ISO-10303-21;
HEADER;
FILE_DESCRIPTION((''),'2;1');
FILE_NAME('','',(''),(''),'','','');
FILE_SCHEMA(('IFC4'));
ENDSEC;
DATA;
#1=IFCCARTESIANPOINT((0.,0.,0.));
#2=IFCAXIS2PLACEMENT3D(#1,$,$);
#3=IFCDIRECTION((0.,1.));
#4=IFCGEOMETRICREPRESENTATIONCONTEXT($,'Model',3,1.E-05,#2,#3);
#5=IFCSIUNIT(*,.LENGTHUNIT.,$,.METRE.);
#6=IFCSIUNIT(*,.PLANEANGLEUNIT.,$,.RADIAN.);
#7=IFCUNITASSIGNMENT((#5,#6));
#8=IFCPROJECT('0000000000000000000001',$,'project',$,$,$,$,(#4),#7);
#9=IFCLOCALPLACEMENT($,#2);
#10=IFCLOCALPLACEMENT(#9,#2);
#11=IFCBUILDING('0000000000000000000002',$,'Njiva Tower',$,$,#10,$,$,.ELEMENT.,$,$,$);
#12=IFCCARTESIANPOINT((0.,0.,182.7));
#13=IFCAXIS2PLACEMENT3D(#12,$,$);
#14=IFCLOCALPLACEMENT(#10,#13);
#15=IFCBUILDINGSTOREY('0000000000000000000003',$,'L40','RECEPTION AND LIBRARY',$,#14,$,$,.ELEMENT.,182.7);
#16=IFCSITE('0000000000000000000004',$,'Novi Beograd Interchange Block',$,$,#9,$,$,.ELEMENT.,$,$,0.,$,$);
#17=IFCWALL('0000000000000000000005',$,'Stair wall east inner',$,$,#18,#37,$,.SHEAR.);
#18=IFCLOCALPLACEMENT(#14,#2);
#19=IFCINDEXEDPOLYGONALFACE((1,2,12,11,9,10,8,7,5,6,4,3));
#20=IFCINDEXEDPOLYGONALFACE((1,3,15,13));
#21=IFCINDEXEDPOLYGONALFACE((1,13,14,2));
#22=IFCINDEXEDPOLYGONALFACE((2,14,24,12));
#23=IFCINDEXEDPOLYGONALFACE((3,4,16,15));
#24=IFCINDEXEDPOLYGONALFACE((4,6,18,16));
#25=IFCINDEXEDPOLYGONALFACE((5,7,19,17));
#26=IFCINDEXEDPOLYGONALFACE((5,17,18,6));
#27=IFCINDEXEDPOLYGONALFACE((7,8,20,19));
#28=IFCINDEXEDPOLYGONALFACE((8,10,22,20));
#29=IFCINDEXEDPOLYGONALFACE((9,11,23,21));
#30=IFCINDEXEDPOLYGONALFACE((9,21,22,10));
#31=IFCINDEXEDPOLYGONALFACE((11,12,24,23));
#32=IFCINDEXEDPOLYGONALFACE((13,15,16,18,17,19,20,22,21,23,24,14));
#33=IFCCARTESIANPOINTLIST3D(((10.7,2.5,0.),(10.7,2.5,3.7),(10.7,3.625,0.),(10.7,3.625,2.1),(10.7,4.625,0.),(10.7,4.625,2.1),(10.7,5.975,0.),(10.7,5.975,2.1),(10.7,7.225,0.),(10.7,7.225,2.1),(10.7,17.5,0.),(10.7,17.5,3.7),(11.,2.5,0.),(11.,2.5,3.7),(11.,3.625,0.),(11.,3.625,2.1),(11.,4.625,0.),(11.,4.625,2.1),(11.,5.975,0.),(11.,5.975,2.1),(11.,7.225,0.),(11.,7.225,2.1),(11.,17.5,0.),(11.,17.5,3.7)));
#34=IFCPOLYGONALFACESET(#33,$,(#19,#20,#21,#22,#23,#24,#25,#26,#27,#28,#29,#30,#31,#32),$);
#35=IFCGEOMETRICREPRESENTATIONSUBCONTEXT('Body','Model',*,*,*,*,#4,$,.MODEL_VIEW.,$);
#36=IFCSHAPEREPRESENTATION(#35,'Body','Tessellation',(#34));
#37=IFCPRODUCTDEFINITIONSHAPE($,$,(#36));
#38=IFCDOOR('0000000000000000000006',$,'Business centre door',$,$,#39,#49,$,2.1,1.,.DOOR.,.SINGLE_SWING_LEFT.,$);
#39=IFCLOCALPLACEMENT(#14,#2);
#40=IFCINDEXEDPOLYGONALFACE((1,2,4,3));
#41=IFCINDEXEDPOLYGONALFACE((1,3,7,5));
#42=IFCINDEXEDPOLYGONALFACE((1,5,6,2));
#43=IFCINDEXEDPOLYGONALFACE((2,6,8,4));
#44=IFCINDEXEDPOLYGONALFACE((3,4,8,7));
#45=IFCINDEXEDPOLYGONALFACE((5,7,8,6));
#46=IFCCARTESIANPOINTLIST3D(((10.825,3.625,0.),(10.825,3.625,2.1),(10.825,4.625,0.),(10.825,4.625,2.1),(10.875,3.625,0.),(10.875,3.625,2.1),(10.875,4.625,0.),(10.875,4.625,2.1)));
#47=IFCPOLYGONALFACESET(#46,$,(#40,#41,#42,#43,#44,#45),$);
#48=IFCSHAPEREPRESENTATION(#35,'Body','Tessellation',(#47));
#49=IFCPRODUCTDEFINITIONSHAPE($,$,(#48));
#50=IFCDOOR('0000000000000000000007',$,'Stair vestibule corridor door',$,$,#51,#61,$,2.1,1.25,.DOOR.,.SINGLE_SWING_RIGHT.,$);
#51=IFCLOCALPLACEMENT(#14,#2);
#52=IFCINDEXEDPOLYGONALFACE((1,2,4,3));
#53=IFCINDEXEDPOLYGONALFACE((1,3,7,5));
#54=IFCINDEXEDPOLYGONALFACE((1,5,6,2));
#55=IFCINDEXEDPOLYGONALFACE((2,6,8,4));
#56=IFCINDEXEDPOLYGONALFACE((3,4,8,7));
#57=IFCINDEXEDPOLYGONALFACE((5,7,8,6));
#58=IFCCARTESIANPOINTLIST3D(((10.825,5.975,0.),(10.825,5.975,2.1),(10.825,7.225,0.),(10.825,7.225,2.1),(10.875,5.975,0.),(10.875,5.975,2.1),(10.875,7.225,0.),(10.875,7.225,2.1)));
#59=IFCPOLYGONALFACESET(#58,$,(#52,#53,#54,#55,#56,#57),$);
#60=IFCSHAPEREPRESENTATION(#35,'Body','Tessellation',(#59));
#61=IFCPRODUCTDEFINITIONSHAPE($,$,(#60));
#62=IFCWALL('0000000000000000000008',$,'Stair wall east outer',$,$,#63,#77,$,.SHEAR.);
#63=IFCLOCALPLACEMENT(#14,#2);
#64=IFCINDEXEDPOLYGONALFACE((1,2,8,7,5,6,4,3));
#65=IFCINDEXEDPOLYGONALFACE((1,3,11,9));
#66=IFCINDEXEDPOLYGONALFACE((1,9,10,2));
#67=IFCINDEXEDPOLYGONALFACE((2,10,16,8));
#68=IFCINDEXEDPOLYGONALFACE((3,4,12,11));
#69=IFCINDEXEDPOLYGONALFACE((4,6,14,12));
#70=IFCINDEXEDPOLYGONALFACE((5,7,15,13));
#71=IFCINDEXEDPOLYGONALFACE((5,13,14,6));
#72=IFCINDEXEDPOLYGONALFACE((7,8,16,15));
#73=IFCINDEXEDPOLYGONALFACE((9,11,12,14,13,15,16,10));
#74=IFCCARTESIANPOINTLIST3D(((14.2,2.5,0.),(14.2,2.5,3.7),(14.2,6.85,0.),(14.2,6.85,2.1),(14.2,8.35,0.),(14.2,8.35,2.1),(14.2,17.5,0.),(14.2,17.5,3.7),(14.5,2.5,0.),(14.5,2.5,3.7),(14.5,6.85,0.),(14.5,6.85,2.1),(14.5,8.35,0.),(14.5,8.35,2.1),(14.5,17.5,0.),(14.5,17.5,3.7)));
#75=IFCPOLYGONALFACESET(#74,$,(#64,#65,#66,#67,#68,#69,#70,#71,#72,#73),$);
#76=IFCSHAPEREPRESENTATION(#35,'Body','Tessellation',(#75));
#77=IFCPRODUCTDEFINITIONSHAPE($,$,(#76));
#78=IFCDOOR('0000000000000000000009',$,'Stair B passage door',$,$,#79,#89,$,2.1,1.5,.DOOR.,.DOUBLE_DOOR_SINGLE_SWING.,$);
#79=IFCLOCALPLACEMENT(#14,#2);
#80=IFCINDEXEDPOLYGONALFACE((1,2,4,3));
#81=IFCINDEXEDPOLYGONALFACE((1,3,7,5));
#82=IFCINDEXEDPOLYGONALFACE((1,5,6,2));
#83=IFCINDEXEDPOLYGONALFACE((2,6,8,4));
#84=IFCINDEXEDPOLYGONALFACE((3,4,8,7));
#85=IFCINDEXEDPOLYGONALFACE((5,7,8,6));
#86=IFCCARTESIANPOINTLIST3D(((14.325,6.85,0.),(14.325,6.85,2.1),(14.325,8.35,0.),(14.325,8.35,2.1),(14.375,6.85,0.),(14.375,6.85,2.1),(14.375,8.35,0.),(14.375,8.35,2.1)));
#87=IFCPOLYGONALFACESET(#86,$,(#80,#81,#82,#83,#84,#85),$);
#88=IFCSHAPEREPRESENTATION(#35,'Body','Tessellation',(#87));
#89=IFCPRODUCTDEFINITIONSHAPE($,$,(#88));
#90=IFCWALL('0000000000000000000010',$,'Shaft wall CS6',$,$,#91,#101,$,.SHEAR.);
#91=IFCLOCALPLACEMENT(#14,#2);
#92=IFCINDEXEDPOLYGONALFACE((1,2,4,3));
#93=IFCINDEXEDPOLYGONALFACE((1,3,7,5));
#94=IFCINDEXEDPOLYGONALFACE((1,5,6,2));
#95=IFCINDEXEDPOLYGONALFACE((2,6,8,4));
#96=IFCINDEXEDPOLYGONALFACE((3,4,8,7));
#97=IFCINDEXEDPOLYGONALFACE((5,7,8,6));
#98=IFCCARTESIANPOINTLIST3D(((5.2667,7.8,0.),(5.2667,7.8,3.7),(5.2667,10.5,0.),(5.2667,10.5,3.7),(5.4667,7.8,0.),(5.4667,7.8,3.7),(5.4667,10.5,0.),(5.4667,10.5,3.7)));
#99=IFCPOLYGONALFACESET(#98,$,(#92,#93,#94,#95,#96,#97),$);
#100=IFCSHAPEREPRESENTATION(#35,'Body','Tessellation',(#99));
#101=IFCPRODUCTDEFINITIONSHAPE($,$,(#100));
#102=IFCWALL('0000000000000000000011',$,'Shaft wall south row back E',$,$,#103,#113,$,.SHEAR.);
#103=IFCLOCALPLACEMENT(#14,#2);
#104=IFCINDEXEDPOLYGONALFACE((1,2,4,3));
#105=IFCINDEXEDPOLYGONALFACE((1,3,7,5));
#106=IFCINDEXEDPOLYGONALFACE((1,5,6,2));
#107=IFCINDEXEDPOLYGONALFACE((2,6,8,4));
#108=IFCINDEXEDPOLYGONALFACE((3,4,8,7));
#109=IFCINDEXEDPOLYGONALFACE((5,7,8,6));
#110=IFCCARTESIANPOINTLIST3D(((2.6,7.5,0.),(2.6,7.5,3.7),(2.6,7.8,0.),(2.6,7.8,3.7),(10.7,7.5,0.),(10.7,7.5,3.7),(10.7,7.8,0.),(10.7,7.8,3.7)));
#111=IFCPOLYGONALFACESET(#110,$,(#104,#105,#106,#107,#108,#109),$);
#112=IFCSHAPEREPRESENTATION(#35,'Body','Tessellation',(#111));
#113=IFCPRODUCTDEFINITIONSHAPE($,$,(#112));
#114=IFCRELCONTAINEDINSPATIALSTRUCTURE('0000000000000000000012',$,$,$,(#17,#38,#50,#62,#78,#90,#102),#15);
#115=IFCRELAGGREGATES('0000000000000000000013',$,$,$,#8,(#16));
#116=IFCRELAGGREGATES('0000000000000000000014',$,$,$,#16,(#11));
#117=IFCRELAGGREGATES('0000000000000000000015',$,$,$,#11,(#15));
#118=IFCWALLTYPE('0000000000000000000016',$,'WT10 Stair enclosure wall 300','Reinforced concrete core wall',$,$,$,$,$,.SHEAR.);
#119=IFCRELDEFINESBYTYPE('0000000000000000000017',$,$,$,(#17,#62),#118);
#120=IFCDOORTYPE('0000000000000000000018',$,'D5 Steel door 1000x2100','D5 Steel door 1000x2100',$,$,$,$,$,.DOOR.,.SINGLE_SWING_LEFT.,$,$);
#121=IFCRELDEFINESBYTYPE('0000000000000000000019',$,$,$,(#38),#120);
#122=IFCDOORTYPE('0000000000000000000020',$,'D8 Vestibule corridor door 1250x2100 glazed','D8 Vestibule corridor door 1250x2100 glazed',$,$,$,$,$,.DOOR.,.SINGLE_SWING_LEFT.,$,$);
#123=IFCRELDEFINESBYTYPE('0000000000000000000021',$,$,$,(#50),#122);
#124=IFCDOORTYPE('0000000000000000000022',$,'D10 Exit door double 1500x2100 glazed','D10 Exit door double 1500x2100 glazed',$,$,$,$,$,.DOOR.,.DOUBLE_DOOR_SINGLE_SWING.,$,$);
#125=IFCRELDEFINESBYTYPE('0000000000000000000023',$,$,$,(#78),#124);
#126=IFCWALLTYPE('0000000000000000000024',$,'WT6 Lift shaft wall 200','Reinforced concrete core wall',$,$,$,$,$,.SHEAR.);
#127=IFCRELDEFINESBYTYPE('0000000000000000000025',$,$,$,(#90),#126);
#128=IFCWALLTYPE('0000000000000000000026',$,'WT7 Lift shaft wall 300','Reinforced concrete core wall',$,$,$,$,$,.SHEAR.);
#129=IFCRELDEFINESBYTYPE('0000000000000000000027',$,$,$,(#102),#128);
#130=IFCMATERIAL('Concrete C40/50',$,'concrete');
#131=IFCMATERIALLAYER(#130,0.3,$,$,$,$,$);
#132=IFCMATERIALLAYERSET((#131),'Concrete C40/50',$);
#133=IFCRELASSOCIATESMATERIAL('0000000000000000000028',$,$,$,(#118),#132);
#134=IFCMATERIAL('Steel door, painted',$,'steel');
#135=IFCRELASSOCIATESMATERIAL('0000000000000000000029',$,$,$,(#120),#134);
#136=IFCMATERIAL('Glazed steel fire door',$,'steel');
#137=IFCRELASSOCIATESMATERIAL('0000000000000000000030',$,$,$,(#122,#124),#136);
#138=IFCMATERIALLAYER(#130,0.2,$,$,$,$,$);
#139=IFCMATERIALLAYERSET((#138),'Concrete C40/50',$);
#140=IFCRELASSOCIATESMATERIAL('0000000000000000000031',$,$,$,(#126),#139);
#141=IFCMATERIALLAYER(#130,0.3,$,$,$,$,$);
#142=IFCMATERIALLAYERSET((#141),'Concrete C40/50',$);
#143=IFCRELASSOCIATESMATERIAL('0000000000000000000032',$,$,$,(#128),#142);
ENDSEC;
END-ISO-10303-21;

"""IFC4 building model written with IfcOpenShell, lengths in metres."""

from ifc_helpers import new_model, si_unit, direction, frame, frame_2d, origin, place, context, subcontext, project, spatial, rectangle, extrude, material, layer, layer_set, type_object, element, fill, save


model = new_model("IFC4")

# Units and contexts
model_context = context("Model", 3, precision=1e-05, world=origin(), true_north=direction((0.0, 1.0)))
body_context = subcontext(model_context, "Body", "Model", "MODEL_VIEW")
ifc_project = project(units=[si_unit("LENGTHUNIT", "METRE"), si_unit("PLANEANGLEUNIT", "RADIAN")], contexts=[model_context])

# Site, building, storey
site_placement = place(None, origin())
site = spatial("IfcSite", under=ifc_project, at=site_placement, Name="Novi Beograd Interchange Block", CompositionType="ELEMENT", RefElevation=0.0)
building_placement = place(site_placement, origin())
building = spatial("IfcBuilding", under=site, at=building_placement, Name="Njiva Tower", CompositionType="ELEMENT")
storey_placement = place(building_placement, frame((0.0, 0.0, 182.7)))
storey = spatial("IfcBuildingStorey", under=building, at=storey_placement, Name="L40", Description="RECEPTION AND LIBRARY", CompositionType="ELEMENT", Elevation=182.7)

# Wall, openings, doors
ifc_material_1 = material(Name="Concrete C40/50", Category="concrete")
ifc_layer_1 = layer(ifc_material_1, 0.3)
ifc_layer_set_1 = layer_set([ifc_layer_1], Name="Concrete C40/50")
wall_type_1 = type_object("IfcWallType", Name="WT10 Stair enclosure wall 300", Description="Reinforced concrete core wall", PredefinedType="SHEAR", material=ifc_layer_set_1)
wall_1_placement = place(storey_placement, frame((10.85, 2.5, 0.0), z_axis=(0.0, 0.0, 1.0), x_axis=(0.0, 1.0, 0.0)))
wall_1 = element("IfcWall", 1, at=wall_1_placement, inside=storey, type_object=wall_type_1, Name="Stair wall east inner", PredefinedType="SHEAR", context=body_context, shape_type="SweptSolid", body=[
    extrude(rectangle(XDim=15.0, YDim=0.3, at=frame_2d((7.5, 0.0))), origin(), (0.0, 0.0, 1.0), 3.7),
])
opening_1_placement = place(wall_1_placement, frame((3.475, 0.0, 0.0)))
opening_1 = element("IfcOpeningElement", 2, at=opening_1_placement, cuts=wall_1, PredefinedType="OPENING", context=body_context, shape_type="SweptSolid", body=[
    extrude(rectangle(XDim=1.25, YDim=2.1, at=frame_2d((0.625, 1.05))), frame((0.0, 0.16, 0.0), z_axis=(0.0, -1.0, 0.0), x_axis=(1.0, 0.0, 0.0)), (0.0, 0.0, 1.0), 0.32),
])
opening_2_placement = place(wall_1_placement, frame((1.125, 0.0, 0.0)))
opening_2 = element("IfcOpeningElement", 3, at=opening_2_placement, cuts=wall_1, PredefinedType="OPENING", context=body_context, shape_type="SweptSolid", body=[
    extrude(rectangle(XDim=1.0, YDim=2.1, at=frame_2d((0.5, 1.05))), frame((0.0, 0.16, 0.0), z_axis=(0.0, -1.0, 0.0), x_axis=(1.0, 0.0, 0.0)), (0.0, 0.0, 1.0), 0.32),
])
ifc_material_2 = material(Name="Steel door, painted", Category="steel")
door_type_1 = type_object("IfcDoorType", Name="D5 Steel door 1000x2100", Description="D5 Steel door 1000x2100", OperationType="SINGLE_SWING_LEFT", PredefinedType="DOOR", material=ifc_material_2)
door_1_placement = place(opening_2_placement, origin())
door_1 = element("IfcDoor", 4, at=door_1_placement, inside=storey, type_object=door_type_1, Name="Business centre door", OperationType="SINGLE_SWING_LEFT", OverallHeight=2.1, OverallWidth=1.0, PredefinedType="DOOR", context=body_context, shape_type="SweptSolid", body=[
    extrude(rectangle(XDim=1.0, YDim=2.1, at=frame_2d((0.5, 1.05))), frame((0.0, 0.025, 0.0), z_axis=(0.0, -1.0, 0.0), x_axis=(1.0, 0.0, 0.0)), (0.0, 0.0, 1.0), 0.05),
])
fill(opening_2, door_1)
ifc_material_3 = material(Name="Glazed steel fire door", Category="steel")
door_type_2 = type_object("IfcDoorType", Name="D8 Vestibule corridor door 1250x2100 glazed", Description="D8 Vestibule corridor door 1250x2100 glazed", OperationType="SINGLE_SWING_LEFT", PredefinedType="DOOR", material=ifc_material_3)
door_2_placement = place(opening_1_placement, origin())
door_2 = element("IfcDoor", 5, at=door_2_placement, inside=storey, type_object=door_type_2, Name="Stair vestibule corridor door", OperationType="SINGLE_SWING_RIGHT", OverallHeight=2.1, OverallWidth=1.25, PredefinedType="DOOR", context=body_context, shape_type="SweptSolid", body=[
    extrude(rectangle(XDim=1.25, YDim=2.1, at=frame_2d((0.625, 1.05))), frame((0.0, 0.025, 0.0), z_axis=(0.0, -1.0, 0.0), x_axis=(1.0, 0.0, 0.0)), (0.0, 0.0, 1.0), 0.05),
])
fill(opening_1, door_2)

# Wall, opening, door
wall_2_placement = place(storey_placement, frame((14.35, 2.5, 0.0), z_axis=(0.0, 0.0, 1.0), x_axis=(0.0, 1.0, 0.0)))
wall_2 = element("IfcWall", 6, at=wall_2_placement, inside=storey, type_object=wall_type_1, Name="Stair wall east outer", PredefinedType="SHEAR", context=body_context, shape_type="SweptSolid", body=[
    extrude(rectangle(XDim=15.0, YDim=0.3, at=frame_2d((7.5, 0.0))), origin(), (0.0, 0.0, 1.0), 3.7),
])
opening_3_placement = place(wall_2_placement, frame((4.35, 0.0, 0.0)))
opening_3 = element("IfcOpeningElement", 7, at=opening_3_placement, cuts=wall_2, PredefinedType="OPENING", context=body_context, shape_type="SweptSolid", body=[
    extrude(rectangle(XDim=1.5, YDim=2.1, at=frame_2d((0.75, 1.05))), frame((0.0, 0.16, 0.0), z_axis=(0.0, -1.0, 0.0), x_axis=(1.0, 0.0, 0.0)), (0.0, 0.0, 1.0), 0.32),
])
door_type_3 = type_object("IfcDoorType", Name="D10 Exit door double 1500x2100 glazed", Description="D10 Exit door double 1500x2100 glazed", OperationType="DOUBLE_DOOR_SINGLE_SWING", PredefinedType="DOOR", material=ifc_material_3)
door_3_placement = place(opening_3_placement, origin())
door_3 = element("IfcDoor", 8, at=door_3_placement, inside=storey, type_object=door_type_3, Name="Stair B passage door", OperationType="DOUBLE_DOOR_SINGLE_SWING", OverallHeight=2.1, OverallWidth=1.5, PredefinedType="DOOR", context=body_context, shape_type="SweptSolid", body=[
    extrude(rectangle(XDim=1.5, YDim=2.1, at=frame_2d((0.75, 1.05))), frame((0.0, 0.025, 0.0), z_axis=(0.0, -1.0, 0.0), x_axis=(1.0, 0.0, 0.0)), (0.0, 0.0, 1.0), 0.05),
])
fill(opening_3, door_3)

# Walls
ifc_layer_2 = layer(ifc_material_1, 0.2)
ifc_layer_set_2 = layer_set([ifc_layer_2], Name="Concrete C40/50")
wall_type_2 = type_object("IfcWallType", Name="WT6 Lift shaft wall 200", Description="Reinforced concrete core wall", PredefinedType="SHEAR", material=ifc_layer_set_2)
wall_3_placement = place(storey_placement, frame((5.3667, 7.8, 0.0), z_axis=(0.0, 0.0, 1.0), x_axis=(0.0, 1.0, 0.0)))
element("IfcWall", 9, at=wall_3_placement, inside=storey, type_object=wall_type_2, Name="Shaft wall CS6", PredefinedType="SHEAR", context=body_context, shape_type="SweptSolid", body=[
    extrude(rectangle(XDim=2.7, YDim=0.2, at=frame_2d((1.35, 0.0))), origin(), (0.0, 0.0, 1.0), 3.7),
])
ifc_layer_3 = layer(ifc_material_1, 0.3)
ifc_layer_set_3 = layer_set([ifc_layer_3], Name="Concrete C40/50")
wall_type_3 = type_object("IfcWallType", Name="WT7 Lift shaft wall 300", Description="Reinforced concrete core wall", PredefinedType="SHEAR", material=ifc_layer_set_3)
wall_4_placement = place(storey_placement, frame((2.6, 7.65, 0.0), z_axis=(0.0, 0.0, 1.0), x_axis=(1.0, 0.0, 0.0)))
element("IfcWall", 10, at=wall_4_placement, inside=storey, type_object=wall_type_3, Name="Shaft wall south row back E", PredefinedType="SHEAR", context=body_context, shape_type="SweptSolid", body=[
    extrude(rectangle(XDim=8.1, YDim=0.3, at=frame_2d((4.05, 0.0))), origin(), (0.0, 0.0, 1.0), 3.7),
])

save(model, "model.ifc")
